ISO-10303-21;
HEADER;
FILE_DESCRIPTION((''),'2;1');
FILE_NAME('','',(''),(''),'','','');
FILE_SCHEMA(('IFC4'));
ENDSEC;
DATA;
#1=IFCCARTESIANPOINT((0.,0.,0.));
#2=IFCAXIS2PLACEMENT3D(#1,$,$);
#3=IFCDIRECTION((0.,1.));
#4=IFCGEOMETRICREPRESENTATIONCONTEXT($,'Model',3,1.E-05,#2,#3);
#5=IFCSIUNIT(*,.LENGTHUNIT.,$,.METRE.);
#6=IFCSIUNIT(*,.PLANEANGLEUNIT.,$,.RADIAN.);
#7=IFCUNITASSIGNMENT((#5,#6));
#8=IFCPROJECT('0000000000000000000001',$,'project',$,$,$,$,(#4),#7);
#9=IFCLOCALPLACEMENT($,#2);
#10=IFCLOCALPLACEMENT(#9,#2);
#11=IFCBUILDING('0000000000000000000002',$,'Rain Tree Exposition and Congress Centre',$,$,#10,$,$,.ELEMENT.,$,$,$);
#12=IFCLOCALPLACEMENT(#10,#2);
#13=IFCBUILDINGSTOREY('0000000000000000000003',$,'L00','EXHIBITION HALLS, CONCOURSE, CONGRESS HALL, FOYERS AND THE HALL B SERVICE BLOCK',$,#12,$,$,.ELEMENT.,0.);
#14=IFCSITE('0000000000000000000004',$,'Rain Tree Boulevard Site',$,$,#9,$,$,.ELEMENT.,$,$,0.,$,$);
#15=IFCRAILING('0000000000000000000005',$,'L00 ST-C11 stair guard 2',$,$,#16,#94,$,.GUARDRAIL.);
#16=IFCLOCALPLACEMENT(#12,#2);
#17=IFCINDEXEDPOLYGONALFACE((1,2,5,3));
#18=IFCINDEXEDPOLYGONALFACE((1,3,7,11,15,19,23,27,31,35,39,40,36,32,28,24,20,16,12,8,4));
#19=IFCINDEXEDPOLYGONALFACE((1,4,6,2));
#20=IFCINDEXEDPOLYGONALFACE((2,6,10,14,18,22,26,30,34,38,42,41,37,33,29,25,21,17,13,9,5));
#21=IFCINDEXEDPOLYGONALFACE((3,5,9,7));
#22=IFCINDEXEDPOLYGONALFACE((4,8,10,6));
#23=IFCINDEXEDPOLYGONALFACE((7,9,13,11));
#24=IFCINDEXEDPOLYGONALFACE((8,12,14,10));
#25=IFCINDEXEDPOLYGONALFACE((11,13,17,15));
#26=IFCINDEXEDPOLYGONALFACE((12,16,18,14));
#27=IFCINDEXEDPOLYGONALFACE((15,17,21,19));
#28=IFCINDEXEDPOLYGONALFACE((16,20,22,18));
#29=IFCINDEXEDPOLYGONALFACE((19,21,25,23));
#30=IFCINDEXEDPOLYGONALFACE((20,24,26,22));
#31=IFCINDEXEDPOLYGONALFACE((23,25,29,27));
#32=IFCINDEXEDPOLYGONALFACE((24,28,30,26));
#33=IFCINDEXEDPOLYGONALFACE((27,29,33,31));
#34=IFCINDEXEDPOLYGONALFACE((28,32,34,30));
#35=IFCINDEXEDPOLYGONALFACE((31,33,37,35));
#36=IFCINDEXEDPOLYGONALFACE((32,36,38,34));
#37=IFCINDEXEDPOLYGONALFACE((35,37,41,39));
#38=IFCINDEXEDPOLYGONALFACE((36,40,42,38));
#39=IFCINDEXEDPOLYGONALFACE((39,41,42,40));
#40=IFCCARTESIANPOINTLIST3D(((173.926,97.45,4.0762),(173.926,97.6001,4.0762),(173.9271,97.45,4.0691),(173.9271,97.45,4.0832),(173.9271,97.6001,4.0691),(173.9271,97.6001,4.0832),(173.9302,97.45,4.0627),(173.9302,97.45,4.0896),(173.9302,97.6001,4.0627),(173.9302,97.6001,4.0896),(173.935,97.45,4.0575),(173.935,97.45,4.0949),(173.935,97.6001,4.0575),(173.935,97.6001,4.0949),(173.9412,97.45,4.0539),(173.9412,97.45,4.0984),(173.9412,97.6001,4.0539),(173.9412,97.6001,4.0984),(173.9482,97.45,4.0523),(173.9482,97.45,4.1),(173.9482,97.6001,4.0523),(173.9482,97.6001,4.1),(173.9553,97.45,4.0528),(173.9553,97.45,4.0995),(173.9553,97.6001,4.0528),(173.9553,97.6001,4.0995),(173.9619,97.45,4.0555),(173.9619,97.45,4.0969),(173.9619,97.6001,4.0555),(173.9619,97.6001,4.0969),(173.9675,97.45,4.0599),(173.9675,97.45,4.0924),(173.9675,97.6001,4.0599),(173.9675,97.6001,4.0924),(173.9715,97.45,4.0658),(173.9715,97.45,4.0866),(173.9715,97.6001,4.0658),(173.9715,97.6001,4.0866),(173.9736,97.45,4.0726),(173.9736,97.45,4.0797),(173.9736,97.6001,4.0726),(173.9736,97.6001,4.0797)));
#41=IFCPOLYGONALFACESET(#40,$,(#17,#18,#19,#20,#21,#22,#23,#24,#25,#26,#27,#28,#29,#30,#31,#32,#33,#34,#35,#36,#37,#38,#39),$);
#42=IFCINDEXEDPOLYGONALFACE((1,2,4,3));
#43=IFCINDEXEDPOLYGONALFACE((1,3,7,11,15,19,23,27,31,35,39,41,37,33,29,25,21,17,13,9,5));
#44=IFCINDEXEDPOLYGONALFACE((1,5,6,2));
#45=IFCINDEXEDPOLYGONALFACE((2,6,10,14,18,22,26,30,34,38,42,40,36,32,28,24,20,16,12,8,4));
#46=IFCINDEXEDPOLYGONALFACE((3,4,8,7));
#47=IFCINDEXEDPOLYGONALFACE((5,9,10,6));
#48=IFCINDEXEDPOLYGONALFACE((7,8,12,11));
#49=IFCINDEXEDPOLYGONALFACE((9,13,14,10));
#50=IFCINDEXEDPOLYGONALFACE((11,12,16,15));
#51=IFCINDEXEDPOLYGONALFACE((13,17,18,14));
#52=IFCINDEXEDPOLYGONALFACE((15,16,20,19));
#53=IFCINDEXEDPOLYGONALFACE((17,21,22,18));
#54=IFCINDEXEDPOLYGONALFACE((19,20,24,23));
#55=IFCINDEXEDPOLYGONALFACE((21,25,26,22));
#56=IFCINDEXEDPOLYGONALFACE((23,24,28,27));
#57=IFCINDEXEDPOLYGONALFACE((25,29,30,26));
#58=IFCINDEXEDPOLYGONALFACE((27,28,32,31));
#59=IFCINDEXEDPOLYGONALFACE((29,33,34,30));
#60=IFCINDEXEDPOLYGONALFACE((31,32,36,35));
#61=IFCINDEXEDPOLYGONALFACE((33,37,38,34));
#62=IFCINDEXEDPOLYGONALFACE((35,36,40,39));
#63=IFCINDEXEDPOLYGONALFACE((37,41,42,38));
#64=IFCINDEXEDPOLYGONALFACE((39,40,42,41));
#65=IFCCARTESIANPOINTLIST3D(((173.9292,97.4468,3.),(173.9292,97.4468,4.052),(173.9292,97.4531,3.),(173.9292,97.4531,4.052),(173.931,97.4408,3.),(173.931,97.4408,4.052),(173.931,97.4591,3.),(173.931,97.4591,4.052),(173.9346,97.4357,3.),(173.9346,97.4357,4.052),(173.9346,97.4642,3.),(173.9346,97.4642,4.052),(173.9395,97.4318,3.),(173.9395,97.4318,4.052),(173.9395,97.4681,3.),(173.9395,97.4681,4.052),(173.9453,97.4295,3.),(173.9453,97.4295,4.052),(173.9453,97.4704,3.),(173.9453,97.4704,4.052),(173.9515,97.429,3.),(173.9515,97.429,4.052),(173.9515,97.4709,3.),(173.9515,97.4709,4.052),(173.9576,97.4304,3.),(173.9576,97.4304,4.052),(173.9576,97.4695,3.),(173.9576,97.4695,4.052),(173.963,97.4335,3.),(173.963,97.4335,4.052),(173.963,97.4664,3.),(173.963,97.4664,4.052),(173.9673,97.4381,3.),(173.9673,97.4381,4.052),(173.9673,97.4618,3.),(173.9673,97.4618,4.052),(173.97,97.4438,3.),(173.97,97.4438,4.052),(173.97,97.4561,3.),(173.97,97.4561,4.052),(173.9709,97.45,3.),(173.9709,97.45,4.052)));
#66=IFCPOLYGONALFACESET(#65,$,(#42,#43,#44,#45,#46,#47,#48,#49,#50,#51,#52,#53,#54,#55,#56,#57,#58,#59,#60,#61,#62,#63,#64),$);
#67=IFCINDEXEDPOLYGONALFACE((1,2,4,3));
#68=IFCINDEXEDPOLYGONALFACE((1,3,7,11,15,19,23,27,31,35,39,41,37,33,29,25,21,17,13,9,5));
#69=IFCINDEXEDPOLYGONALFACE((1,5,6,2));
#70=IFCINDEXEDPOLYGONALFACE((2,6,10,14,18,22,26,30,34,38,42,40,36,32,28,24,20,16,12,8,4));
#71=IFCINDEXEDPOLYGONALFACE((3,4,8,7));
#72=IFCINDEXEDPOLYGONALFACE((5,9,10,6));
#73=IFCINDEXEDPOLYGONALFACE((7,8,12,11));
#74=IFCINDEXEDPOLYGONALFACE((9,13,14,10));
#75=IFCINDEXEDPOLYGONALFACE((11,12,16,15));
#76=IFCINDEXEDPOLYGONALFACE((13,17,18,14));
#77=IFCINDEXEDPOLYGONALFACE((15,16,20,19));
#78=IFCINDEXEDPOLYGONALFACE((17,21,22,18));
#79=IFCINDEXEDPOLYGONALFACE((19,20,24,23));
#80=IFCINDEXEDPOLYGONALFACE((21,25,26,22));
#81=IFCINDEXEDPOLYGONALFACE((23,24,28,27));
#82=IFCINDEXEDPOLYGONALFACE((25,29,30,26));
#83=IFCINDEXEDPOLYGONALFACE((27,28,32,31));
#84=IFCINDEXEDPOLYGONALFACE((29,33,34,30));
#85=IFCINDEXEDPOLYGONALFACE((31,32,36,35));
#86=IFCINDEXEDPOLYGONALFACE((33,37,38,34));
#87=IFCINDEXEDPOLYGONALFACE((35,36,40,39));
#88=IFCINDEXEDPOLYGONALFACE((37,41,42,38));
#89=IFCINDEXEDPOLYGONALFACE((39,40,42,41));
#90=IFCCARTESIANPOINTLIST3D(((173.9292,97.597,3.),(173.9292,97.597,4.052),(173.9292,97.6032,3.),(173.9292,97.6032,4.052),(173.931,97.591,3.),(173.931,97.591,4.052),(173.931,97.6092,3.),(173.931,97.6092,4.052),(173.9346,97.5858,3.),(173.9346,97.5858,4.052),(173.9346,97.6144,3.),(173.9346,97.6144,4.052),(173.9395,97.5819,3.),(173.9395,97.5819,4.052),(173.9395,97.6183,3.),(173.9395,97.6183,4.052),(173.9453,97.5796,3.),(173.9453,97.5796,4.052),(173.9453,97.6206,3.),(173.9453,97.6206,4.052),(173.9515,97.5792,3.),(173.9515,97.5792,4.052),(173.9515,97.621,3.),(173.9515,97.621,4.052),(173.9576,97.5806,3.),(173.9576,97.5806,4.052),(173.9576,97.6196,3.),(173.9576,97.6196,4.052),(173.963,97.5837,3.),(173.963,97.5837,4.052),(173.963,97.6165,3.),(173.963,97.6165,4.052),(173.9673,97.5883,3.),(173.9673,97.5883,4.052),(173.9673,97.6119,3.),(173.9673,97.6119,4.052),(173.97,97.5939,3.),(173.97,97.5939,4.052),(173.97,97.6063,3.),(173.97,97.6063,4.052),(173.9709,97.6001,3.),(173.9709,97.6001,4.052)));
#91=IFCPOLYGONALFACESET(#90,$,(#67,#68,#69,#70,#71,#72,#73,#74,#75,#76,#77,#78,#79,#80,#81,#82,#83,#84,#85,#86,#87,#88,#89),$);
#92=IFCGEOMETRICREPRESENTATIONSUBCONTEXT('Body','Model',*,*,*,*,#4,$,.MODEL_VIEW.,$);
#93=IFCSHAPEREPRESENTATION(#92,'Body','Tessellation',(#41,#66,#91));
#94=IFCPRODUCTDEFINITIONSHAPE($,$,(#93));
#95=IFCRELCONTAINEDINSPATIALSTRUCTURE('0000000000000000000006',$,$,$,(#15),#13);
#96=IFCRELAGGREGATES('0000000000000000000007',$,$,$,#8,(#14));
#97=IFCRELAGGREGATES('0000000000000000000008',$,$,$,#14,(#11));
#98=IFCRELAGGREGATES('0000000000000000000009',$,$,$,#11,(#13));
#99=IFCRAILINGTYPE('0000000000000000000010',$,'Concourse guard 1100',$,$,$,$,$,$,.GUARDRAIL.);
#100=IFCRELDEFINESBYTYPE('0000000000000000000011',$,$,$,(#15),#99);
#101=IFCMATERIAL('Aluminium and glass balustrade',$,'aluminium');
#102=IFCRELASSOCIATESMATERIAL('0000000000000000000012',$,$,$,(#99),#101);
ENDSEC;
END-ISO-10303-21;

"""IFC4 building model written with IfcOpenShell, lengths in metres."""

from ifc_helpers import new_model, si_unit, direction, frame, origin, origin_2d, place, context, subcontext, project, spatial, circle, extrude, material, type_object, element, save


model = new_model("IFC4")

# Units and contexts
model_context = context("Model", 3, precision=1e-05, world=origin(), true_north=direction((0.0, 1.0)))
body_context = subcontext(model_context, "Body", "Model", "MODEL_VIEW")
ifc_project = project(units=[si_unit("LENGTHUNIT", "METRE"), si_unit("PLANEANGLEUNIT", "RADIAN")], contexts=[model_context])

# Site, building, storey
site_placement = place(None, origin())
site = spatial("IfcSite", under=ifc_project, at=site_placement, Name="Rain Tree Boulevard Site", CompositionType="ELEMENT", RefElevation=0.0)
building_placement = place(site_placement, origin())
building = spatial("IfcBuilding", under=site, at=building_placement, Name="Rain Tree Exposition and Congress Centre", CompositionType="ELEMENT")
storey_placement = place(building_placement, origin())
storey = spatial("IfcBuildingStorey", under=building, at=storey_placement, Name="L00", Description="EXHIBITION HALLS, CONCOURSE, CONGRESS HALL, FOYERS AND THE HALL B SERVICE BLOCK", CompositionType="ELEMENT", Elevation=0.0)

# Railing
ifc_material_1 = material(Name="Aluminium and glass balustrade", Category="aluminium")
railing_type_1 = type_object("IfcRailingType", Name="Concourse guard 1100", PredefinedType="GUARDRAIL", material=ifc_material_1)
railing_1_placement = place(storey_placement, frame((173.95, 97.45, 3.0)))
element("IfcRailing", 1, at=railing_1_placement, inside=storey, type_object=railing_type_1, Name="L00 ST-C11 stair guard 2", PredefinedType="GUARDRAIL", context=body_context, shape_type="SweptSolid", body=[
    extrude(circle(Radius=0.0239, at=origin_2d()), frame((0.0, 0.0, 1.0762), z_axis=(0.0, 1.0, 0.0), x_axis=(-1.0, 0.0, 0.0)), (0.0, 0.0, 1.0), 0.1501),
    extrude(circle(Radius=0.021, at=origin_2d()), origin(), (0.0, 0.0, 1.0), 1.052),
    extrude(circle(Radius=0.021, at=origin_2d()), frame((0.0, 0.1501, 0.0)), (0.0, 0.0, 1.0), 1.052),
])

save(model, "model.ifc")
